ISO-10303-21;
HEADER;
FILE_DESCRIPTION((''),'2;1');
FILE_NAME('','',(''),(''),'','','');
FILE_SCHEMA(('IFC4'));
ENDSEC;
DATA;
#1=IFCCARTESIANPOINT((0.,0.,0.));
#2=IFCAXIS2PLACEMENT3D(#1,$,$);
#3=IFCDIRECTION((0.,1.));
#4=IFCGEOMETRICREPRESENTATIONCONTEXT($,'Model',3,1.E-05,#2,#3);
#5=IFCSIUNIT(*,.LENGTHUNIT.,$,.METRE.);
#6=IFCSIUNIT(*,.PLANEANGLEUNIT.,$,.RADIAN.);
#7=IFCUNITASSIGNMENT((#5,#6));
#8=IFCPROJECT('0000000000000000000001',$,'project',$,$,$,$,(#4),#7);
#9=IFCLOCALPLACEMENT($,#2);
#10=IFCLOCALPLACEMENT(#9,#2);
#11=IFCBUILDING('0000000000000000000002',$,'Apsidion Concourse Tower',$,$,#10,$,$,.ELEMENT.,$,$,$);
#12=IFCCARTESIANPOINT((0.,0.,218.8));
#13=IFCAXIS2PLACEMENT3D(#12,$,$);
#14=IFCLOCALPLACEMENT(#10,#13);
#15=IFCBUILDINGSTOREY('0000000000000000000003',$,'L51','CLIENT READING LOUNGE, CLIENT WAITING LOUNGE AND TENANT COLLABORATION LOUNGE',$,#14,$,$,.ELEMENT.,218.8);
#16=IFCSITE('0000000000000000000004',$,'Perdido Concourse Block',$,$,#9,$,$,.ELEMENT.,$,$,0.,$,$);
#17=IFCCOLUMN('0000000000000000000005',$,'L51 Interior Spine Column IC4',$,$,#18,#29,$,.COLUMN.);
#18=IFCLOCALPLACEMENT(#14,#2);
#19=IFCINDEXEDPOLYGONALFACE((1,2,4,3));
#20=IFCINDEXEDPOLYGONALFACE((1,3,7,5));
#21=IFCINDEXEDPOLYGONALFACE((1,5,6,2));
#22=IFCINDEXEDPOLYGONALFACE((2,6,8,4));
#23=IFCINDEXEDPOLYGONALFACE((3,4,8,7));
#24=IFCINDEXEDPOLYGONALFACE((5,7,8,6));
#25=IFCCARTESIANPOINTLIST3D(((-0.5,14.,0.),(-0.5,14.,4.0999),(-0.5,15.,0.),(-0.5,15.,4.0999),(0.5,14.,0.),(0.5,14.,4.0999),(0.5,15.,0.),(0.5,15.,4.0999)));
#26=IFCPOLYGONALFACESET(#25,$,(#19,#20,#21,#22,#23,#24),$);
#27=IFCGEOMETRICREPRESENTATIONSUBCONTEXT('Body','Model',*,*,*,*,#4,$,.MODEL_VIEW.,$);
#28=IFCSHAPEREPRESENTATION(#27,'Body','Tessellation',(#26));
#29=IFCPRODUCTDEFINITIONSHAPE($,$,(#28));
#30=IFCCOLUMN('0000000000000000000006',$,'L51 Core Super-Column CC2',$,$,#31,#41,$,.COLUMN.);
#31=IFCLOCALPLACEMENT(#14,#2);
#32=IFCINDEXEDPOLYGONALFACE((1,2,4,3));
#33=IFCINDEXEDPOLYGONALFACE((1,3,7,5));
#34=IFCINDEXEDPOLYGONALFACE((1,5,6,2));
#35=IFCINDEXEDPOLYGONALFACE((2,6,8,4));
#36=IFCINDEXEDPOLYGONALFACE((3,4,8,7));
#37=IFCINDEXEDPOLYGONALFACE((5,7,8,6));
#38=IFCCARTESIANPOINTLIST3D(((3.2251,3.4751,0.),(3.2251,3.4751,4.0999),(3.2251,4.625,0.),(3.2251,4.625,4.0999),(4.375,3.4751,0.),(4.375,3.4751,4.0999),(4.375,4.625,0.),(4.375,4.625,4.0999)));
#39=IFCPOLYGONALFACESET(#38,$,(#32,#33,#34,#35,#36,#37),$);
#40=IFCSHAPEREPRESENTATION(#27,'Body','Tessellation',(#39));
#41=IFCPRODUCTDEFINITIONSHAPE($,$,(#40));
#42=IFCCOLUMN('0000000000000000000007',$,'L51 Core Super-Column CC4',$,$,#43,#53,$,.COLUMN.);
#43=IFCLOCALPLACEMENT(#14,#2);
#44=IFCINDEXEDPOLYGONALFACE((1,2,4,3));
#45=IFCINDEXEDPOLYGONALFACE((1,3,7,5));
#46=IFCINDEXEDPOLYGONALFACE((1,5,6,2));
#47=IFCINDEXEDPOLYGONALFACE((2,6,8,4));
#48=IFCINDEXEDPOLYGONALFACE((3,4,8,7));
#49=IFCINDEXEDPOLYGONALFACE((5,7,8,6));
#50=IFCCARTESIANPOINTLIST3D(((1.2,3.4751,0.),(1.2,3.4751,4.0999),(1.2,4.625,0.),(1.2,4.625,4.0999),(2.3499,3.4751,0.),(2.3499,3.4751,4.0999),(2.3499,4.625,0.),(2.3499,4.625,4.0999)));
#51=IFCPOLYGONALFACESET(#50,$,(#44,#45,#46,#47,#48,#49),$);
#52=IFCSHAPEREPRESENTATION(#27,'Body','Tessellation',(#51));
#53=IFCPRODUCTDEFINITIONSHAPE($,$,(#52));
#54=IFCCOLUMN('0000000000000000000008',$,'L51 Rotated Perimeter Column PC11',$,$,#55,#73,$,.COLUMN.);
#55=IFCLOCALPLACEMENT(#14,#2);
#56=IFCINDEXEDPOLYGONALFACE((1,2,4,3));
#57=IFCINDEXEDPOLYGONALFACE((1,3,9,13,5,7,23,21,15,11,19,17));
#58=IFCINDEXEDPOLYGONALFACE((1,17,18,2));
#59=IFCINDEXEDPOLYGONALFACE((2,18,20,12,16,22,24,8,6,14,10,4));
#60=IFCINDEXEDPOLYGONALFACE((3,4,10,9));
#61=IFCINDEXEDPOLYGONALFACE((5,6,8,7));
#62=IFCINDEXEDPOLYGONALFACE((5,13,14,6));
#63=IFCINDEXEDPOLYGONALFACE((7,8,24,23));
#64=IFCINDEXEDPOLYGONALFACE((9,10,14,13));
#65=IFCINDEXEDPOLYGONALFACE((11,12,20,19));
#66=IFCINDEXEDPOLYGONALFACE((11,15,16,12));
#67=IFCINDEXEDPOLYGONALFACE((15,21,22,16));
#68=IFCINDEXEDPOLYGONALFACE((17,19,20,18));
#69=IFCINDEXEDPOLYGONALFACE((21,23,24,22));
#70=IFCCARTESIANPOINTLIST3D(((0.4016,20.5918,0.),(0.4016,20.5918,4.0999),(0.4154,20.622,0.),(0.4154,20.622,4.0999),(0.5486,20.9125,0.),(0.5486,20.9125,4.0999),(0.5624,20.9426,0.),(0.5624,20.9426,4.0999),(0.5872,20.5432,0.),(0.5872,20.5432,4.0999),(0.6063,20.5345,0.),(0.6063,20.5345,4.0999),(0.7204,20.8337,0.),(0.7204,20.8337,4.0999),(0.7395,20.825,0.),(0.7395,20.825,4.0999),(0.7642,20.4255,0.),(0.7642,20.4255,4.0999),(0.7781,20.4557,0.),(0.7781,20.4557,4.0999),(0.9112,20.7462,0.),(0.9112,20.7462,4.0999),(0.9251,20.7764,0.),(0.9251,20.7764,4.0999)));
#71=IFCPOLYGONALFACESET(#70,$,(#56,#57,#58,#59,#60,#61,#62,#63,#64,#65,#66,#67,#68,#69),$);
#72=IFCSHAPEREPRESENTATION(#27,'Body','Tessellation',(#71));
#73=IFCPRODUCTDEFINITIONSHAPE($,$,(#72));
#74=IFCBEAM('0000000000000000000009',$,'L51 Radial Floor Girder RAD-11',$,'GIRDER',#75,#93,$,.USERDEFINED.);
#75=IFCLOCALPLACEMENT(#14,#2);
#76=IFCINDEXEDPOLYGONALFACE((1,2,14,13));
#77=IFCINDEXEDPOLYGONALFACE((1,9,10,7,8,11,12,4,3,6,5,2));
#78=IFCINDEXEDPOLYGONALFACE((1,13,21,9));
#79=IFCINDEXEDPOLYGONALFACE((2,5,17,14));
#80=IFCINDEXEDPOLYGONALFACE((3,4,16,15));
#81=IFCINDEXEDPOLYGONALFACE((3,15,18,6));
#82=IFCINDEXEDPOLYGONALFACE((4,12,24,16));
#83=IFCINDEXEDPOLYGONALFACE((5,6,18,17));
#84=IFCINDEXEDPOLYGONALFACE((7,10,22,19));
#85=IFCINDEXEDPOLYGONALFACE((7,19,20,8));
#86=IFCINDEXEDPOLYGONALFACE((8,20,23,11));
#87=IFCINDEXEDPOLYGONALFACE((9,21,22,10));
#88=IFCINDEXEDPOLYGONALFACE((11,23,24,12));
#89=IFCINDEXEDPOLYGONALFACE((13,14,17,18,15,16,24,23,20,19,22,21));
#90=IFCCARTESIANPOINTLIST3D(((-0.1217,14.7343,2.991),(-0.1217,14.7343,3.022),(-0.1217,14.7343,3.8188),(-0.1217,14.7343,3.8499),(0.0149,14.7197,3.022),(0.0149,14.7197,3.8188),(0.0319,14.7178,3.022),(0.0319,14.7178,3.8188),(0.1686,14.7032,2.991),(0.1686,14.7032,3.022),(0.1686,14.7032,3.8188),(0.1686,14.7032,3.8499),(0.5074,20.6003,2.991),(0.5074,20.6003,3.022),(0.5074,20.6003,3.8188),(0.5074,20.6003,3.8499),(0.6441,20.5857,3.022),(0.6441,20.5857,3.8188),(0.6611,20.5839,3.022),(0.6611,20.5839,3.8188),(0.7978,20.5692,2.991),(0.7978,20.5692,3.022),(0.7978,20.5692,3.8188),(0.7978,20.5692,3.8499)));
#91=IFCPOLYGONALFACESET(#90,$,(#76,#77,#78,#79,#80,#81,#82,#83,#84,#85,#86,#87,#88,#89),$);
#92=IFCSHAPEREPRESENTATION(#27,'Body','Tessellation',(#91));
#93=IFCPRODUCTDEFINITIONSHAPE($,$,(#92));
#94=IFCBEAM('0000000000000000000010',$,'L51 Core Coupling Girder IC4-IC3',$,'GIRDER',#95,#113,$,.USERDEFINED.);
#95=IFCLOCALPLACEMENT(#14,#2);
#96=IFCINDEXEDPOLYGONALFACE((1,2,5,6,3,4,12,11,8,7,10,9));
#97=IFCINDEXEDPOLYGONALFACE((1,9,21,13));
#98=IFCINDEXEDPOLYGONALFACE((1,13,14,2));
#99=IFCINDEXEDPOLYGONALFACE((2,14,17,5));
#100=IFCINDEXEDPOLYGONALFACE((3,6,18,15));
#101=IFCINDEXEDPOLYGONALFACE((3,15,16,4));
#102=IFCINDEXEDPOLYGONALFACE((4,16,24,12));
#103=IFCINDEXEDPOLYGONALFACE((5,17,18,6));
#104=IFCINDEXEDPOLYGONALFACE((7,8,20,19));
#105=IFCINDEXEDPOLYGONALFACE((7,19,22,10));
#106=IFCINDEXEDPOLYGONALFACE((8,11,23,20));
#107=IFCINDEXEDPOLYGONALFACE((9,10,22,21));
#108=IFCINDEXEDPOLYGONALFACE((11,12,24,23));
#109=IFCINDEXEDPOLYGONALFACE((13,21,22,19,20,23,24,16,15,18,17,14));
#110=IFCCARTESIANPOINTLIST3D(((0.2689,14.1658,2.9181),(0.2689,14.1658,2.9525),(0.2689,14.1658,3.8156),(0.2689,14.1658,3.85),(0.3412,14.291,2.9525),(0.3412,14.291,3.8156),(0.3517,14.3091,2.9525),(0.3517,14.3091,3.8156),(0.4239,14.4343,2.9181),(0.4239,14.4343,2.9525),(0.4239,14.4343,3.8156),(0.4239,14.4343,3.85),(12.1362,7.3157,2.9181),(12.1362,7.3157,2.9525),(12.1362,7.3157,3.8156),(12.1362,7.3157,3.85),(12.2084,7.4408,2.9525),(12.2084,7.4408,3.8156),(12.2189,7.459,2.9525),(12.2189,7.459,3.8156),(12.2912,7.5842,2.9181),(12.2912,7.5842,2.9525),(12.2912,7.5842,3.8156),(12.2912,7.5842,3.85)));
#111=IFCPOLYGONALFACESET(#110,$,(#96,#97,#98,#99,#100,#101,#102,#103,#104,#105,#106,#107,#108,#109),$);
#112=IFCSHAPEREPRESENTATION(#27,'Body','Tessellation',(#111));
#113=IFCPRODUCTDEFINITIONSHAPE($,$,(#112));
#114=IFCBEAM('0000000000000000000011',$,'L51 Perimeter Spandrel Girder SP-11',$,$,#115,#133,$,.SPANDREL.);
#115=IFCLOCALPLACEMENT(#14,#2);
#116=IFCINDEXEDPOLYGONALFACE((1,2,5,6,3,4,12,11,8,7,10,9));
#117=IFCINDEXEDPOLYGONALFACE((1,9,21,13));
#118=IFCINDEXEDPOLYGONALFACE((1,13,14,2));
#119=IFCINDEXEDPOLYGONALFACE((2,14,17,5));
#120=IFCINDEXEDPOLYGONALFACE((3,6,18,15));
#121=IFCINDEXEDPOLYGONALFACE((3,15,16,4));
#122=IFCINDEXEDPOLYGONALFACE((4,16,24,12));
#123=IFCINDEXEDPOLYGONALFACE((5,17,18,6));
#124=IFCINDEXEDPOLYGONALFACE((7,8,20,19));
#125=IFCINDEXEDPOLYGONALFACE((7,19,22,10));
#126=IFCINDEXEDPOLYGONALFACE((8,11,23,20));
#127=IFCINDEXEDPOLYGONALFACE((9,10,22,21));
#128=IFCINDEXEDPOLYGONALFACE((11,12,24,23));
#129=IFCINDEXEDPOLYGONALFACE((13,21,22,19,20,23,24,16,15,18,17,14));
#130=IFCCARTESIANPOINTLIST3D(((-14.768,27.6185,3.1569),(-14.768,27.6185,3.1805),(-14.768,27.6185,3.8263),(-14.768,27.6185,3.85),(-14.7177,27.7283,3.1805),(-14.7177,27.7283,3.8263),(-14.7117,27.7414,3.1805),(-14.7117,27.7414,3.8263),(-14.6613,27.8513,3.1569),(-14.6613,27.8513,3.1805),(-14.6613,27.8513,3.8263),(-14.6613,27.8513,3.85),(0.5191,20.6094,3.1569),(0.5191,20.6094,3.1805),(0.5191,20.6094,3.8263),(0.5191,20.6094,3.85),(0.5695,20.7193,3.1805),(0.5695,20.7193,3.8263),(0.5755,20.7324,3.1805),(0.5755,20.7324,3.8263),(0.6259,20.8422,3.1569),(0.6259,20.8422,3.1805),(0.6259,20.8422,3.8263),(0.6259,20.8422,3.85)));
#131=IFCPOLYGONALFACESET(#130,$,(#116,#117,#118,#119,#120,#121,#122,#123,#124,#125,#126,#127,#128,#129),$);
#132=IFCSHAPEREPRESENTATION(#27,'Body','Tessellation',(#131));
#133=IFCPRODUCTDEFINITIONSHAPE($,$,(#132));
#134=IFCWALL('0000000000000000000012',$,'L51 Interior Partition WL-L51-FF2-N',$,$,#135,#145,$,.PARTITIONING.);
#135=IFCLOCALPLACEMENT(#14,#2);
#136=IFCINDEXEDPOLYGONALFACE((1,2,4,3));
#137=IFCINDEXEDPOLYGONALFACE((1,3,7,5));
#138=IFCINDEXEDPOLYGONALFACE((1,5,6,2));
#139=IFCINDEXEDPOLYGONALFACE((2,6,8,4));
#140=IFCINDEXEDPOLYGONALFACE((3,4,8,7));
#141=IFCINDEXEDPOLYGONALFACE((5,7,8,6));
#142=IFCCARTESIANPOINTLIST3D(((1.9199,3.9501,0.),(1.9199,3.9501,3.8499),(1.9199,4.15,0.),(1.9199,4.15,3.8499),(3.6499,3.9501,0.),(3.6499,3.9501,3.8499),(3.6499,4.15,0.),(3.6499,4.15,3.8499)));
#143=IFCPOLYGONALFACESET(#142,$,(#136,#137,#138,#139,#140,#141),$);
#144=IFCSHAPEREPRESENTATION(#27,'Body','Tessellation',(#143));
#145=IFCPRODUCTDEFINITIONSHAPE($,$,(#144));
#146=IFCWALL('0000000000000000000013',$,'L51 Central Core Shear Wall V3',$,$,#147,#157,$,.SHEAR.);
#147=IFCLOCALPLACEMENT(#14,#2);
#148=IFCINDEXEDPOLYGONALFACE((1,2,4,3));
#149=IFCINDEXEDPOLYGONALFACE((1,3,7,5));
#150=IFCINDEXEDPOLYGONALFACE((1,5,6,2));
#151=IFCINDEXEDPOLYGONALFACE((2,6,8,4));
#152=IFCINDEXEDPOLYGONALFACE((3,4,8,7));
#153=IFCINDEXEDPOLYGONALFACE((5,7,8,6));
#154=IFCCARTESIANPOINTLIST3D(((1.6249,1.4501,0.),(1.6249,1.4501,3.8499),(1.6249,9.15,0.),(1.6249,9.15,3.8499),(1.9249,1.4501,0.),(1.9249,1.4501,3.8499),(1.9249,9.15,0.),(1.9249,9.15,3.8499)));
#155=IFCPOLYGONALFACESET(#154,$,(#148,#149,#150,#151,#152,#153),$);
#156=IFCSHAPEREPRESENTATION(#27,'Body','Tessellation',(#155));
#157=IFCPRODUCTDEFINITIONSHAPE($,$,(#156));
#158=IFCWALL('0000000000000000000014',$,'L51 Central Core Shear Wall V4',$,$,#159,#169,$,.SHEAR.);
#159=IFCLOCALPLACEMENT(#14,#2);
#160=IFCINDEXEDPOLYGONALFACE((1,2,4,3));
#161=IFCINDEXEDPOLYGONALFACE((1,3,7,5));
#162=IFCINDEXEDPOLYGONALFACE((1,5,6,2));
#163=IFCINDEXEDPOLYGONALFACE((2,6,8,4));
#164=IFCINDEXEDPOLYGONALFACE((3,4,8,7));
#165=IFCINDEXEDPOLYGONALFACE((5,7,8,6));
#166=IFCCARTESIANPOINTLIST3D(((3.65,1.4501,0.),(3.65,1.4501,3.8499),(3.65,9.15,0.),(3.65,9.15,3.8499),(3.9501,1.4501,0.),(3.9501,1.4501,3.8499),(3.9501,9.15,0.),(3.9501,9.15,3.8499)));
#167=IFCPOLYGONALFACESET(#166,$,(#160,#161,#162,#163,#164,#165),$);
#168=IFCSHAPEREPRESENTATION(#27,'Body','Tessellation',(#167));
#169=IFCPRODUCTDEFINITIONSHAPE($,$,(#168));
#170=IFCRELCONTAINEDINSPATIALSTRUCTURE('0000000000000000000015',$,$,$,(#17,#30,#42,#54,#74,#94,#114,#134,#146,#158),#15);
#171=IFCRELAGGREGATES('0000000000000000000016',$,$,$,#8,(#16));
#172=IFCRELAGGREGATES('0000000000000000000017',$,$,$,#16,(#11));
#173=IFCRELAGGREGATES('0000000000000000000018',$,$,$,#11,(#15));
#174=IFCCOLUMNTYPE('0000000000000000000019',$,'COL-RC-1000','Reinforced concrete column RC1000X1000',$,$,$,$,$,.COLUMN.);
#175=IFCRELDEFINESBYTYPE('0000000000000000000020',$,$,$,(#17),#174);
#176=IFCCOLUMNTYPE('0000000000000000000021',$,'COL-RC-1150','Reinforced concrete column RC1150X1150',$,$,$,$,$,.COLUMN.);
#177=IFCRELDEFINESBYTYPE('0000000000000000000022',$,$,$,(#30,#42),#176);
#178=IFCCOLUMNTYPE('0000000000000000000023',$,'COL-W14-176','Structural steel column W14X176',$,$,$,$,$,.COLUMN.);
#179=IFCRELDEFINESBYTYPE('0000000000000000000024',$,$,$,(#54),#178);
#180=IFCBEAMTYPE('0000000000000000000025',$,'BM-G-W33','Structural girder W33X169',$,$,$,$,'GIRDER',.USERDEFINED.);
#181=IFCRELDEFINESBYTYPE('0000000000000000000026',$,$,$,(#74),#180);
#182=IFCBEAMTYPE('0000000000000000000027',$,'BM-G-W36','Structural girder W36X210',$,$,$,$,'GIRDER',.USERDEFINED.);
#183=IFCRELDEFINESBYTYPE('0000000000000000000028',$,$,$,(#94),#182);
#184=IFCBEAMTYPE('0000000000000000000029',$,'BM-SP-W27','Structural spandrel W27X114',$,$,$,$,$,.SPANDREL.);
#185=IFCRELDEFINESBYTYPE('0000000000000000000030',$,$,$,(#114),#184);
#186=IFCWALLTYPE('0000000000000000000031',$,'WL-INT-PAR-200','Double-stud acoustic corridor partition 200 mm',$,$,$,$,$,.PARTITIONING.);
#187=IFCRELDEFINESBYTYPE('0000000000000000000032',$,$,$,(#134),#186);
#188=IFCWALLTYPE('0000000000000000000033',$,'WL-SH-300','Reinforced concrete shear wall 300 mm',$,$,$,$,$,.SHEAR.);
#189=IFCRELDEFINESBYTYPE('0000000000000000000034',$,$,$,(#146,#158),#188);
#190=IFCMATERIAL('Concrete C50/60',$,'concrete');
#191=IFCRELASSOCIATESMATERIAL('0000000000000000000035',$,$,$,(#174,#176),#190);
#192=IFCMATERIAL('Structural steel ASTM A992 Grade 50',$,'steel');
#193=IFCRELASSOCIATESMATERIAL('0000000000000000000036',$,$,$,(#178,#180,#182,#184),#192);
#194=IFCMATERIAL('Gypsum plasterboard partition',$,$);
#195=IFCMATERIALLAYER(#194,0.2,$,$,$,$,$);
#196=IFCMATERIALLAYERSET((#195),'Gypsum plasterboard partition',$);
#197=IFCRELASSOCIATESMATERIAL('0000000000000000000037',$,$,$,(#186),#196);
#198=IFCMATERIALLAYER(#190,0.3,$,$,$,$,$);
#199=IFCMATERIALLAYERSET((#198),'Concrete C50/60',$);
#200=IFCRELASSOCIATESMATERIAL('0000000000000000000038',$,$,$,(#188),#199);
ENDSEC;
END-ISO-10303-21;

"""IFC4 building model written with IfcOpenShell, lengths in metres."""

from ifc_helpers import new_model, si_unit, direction, frame, frame_2d, origin, origin_2d, place, context, subcontext, project, spatial, rectangle, i_section, extrude, material, layer, layer_set, material_profile, profile_set, type_object, element, save


model = new_model("IFC4")

# Units and contexts
model_context = context("Model", 3, precision=1e-05, world=origin(), true_north=direction((0.0, 1.0)))
body_context = subcontext(model_context, "Body", "Model", "MODEL_VIEW")
ifc_project = project(units=[si_unit("LENGTHUNIT", "METRE"), si_unit("PLANEANGLEUNIT", "RADIAN")], contexts=[model_context])

# Site, building, storey
site_placement = place(None, origin())
site = spatial("IfcSite", under=ifc_project, at=site_placement, Name="Perdido Concourse Block", CompositionType="ELEMENT", RefElevation=0.0)
building_placement = place(site_placement, origin())
building = spatial("IfcBuilding", under=site, at=building_placement, Name="Apsidion Concourse Tower", CompositionType="ELEMENT")
storey_placement = place(building_placement, frame((0.0, 0.0, 218.8)))
storey = spatial("IfcBuildingStorey", under=building, at=storey_placement, Name="L51", Description="CLIENT READING LOUNGE, CLIENT WAITING LOUNGE AND TENANT COLLABORATION LOUNGE", CompositionType="ELEMENT", Elevation=218.8)

# Columns
ifc_material_1 = material(Name="Concrete C50/60", Category="concrete")
ifc_material_profile_1 = material_profile(ifc_material_1, rectangle(XDim=1.0, YDim=1.0, at=origin_2d()), Name="RC 1000x1000")
ifc_profile_set_1 = profile_set([ifc_material_profile_1], Name="Concrete C50/60")
column_type_1 = type_object("IfcColumnType", Name="COL-RC-1000", Description="Reinforced concrete column RC1000X1000", PredefinedType="COLUMN", material=ifc_profile_set_1)
column_1_placement = place(storey_placement, frame((0.0, 14.5, 0.0), z_axis=(0.0, 0.0, 1.0), x_axis=(1.0, 0.0, 0.0)))
element("IfcColumn", 1, at=column_1_placement, inside=storey, type_object=column_type_1, Name="L51 Interior Spine Column IC4", PredefinedType="COLUMN", context=body_context, shape_type="SweptSolid", body=[
    extrude(rectangle(XDim=1.0, YDim=1.0, at=origin_2d()), origin(), (0.0, 0.0, 1.0), 4.0999),
])
ifc_material_profile_2 = material_profile(ifc_material_1, rectangle(XDim=1.1499, YDim=1.1499, at=origin_2d()), Name="RC 1150x1150")
ifc_profile_set_2 = profile_set([ifc_material_profile_2], Name="Concrete C50/60")
column_type_2 = type_object("IfcColumnType", Name="COL-RC-1150", Description="Reinforced concrete column RC1150X1150", PredefinedType="COLUMN", material=ifc_profile_set_2)
for number, where, z_axis, x_axis, name in (
    (2, (3.8, 4.05, 0.0), (0.0, 0.0, 1.0), (1.0, 0.0, 0.0), "L51 Core Super-Column CC2"),
    (3, (1.7749, 4.05, 0.0), (0.0, 0.0, 1.0), (1.0, 0.0, 0.0), "L51 Core Super-Column CC4"),
):
    element("IfcColumn", number, at=place(storey_placement, frame(where, z_axis=z_axis, x_axis=x_axis)), inside=storey, type_object=column_type_2, Name=name, PredefinedType="COLUMN", context=body_context, shape_type="SweptSolid", body=[
        extrude(rectangle(XDim=1.1499, YDim=1.1499, at=origin_2d()), origin(), (0.0, 0.0, 1.0), 4.0999),
    ])
ifc_material_2 = material(Name="Structural steel ASTM A992 Grade 50", Category="steel")
ifc_material_profile_3 = material_profile(ifc_material_2, i_section(OverallWidth=0.3989, OverallDepth=0.386, WebThickness=0.021, FlangeThickness=0.0332, at=origin_2d()), Name="W14X176")
ifc_profile_set_3 = profile_set([ifc_material_profile_3], Name="Structural steel ASTM A992 Grade 50")
column_type_3 = type_object("IfcColumnType", Name="COL-W14-176", Description="Structural steel column W14X176", PredefinedType="COLUMN", material=ifc_profile_set_3)
column_2_placement = place(storey_placement, frame((0.6633, 20.6841, 0.0), z_axis=(0.0, 0.0, 1.0), x_axis=(-0.909018, 0.416757, 0.0)))
element("IfcColumn", 4, at=column_2_placement, inside=storey, type_object=column_type_3, Name="L51 Rotated Perimeter Column PC11", PredefinedType="COLUMN", context=body_context, shape_type="SweptSolid", body=[
    extrude(i_section(OverallWidth=0.3989, OverallDepth=0.386, WebThickness=0.021, FlangeThickness=0.0332, at=origin_2d()), origin(), (0.0, 0.0, 1.0), 4.0999),
])

# Beams
ifc_material_profile_4 = material_profile(ifc_material_2, i_section(OverallWidth=0.292, OverallDepth=0.8589, WebThickness=0.0171, FlangeThickness=0.031, at=origin_2d()), Name="W33X169")
ifc_profile_set_4 = profile_set([ifc_material_profile_4], Name="Structural steel ASTM A992 Grade 50")
beam_type_1 = type_object("IfcBeamType", Name="BM-G-W33", Description="Structural girder W33X169", ElementType="GIRDER", PredefinedType="USERDEFINED", material=ifc_profile_set_4)
beam_1_placement = place(storey_placement, frame((0.0234, 14.7188, 3.4204), z_axis=(0.106643, 0.994297, 0.0), x_axis=(-0.994297, 0.106643, 0.0)))
element("IfcBeam", 5, at=beam_1_placement, inside=storey, type_object=beam_type_1, Name="L51 Radial Floor Girder RAD-11", ObjectType="GIRDER", PredefinedType="USERDEFINED", context=body_context, shape_type="SweptSolid", body=[
    extrude(i_section(OverallWidth=0.292, OverallDepth=0.8589, WebThickness=0.0171, FlangeThickness=0.031, at=origin_2d()), origin(), (0.0, 0.0, 1.0), 5.8997),
])
ifc_material_profile_5 = material_profile(ifc_material_2, i_section(OverallWidth=0.3101, OverallDepth=0.9319, WebThickness=0.021, FlangeThickness=0.0344, at=origin_2d()), Name="W36X210")
ifc_profile_set_5 = profile_set([ifc_material_profile_5], Name="Structural steel ASTM A992 Grade 50")
beam_type_2 = type_object("IfcBeamType", Name="BM-G-W36", Description="Structural girder W36X210", ElementType="GIRDER", PredefinedType="USERDEFINED", material=ifc_profile_set_5)
beam_2_placement = place(storey_placement, frame((0.3464, 14.3, 3.384), z_axis=(0.86607, -0.499922, 0.0), x_axis=(0.499922, 0.86607, 0.0)))
element("IfcBeam", 6, at=beam_2_placement, inside=storey, type_object=beam_type_2, Name="L51 Core Coupling Girder IC4-IC3", ObjectType="GIRDER", PredefinedType="USERDEFINED", context=body_context, shape_type="SweptSolid", body=[
    extrude(i_section(OverallWidth=0.3101, OverallDepth=0.9319, WebThickness=0.021, FlangeThickness=0.0344, at=origin_2d()), origin(), (0.0, 0.0, 1.0), 13.7024),
])
ifc_material_profile_6 = material_profile(ifc_material_2, i_section(OverallWidth=0.2561, OverallDepth=0.6931, WebThickness=0.0144, FlangeThickness=0.0237, at=origin_2d()), Name="W27X114")
ifc_profile_set_6 = profile_set([ifc_material_profile_6], Name="Structural steel ASTM A992 Grade 50")
beam_type_3 = type_object("IfcBeamType", Name="BM-SP-W27", Description="Structural spandrel W27X114", PredefinedType="SPANDREL", material=ifc_profile_set_6)
beam_3_placement = place(storey_placement, frame((0.5725, 20.7258, 3.5034), z_axis=(-0.90901, 0.416775, 0.0), x_axis=(-0.416775, -0.90901, 0.0)))
element("IfcBeam", 7, at=beam_3_placement, inside=storey, type_object=beam_type_3, Name="L51 Perimeter Spandrel Girder SP-11", PredefinedType="SPANDREL", context=body_context, shape_type="SweptSolid", body=[
    extrude(i_section(OverallWidth=0.2561, OverallDepth=0.6931, WebThickness=0.0144, FlangeThickness=0.0237, at=origin_2d()), origin(), (0.0, 0.0, 1.0), 16.8174),
])

# Walls
ifc_material_3 = material(Name="Gypsum plasterboard partition")
ifc_layer_1 = layer(ifc_material_3, 0.2)
ifc_layer_set_1 = layer_set([ifc_layer_1], Name="Gypsum plasterboard partition")
wall_type_1 = type_object("IfcWallType", Name="WL-INT-PAR-200", Description="Double-stud acoustic corridor partition 200 mm", PredefinedType="PARTITIONING", material=ifc_layer_set_1)
wall_placement = place(storey_placement, frame((1.9199, 4.05, 0.0), z_axis=(0.0, 0.0, 1.0), x_axis=(1.0, 0.0, 0.0)))
element("IfcWall", 8, at=wall_placement, inside=storey, type_object=wall_type_1, Name="L51 Interior Partition WL-L51-FF2-N", PredefinedType="PARTITIONING", context=body_context, shape_type="SweptSolid", body=[
    extrude(rectangle(XDim=1.73, YDim=0.2, at=frame_2d((0.865, 0.0))), origin(), (0.0, 0.0, 1.0), 3.8499),
])
ifc_layer_2 = layer(ifc_material_1, 0.3)
ifc_layer_set_2 = layer_set([ifc_layer_2], Name="Concrete C50/60")
wall_type_2 = type_object("IfcWallType", Name="WL-SH-300", Description="Reinforced concrete shear wall 300 mm", PredefinedType="SHEAR", material=ifc_layer_set_2)
for number, where, z_axis, x_axis, name in (
    (9, (1.7749, 1.45, 0.0), (0.0, 0.0, 1.0), (0.0, 1.0, 0.0), "L51 Central Core Shear Wall V3"),
    (10, (3.8, 1.45, 0.0), (0.0, 0.0, 1.0), (0.0, 1.0, 0.0), "L51 Central Core Shear Wall V4"),
):
    element("IfcWall", number, at=place(storey_placement, frame(where, z_axis=z_axis, x_axis=x_axis)), inside=storey, type_object=wall_type_2, Name=name, PredefinedType="SHEAR", context=body_context, shape_type="SweptSolid", body=[
        extrude(rectangle(XDim=7.7, YDim=0.3, at=frame_2d((3.8501, 0.0))), origin(), (0.0, 0.0, 1.0), 3.8499),
    ])

save(model, "model.ifc")
